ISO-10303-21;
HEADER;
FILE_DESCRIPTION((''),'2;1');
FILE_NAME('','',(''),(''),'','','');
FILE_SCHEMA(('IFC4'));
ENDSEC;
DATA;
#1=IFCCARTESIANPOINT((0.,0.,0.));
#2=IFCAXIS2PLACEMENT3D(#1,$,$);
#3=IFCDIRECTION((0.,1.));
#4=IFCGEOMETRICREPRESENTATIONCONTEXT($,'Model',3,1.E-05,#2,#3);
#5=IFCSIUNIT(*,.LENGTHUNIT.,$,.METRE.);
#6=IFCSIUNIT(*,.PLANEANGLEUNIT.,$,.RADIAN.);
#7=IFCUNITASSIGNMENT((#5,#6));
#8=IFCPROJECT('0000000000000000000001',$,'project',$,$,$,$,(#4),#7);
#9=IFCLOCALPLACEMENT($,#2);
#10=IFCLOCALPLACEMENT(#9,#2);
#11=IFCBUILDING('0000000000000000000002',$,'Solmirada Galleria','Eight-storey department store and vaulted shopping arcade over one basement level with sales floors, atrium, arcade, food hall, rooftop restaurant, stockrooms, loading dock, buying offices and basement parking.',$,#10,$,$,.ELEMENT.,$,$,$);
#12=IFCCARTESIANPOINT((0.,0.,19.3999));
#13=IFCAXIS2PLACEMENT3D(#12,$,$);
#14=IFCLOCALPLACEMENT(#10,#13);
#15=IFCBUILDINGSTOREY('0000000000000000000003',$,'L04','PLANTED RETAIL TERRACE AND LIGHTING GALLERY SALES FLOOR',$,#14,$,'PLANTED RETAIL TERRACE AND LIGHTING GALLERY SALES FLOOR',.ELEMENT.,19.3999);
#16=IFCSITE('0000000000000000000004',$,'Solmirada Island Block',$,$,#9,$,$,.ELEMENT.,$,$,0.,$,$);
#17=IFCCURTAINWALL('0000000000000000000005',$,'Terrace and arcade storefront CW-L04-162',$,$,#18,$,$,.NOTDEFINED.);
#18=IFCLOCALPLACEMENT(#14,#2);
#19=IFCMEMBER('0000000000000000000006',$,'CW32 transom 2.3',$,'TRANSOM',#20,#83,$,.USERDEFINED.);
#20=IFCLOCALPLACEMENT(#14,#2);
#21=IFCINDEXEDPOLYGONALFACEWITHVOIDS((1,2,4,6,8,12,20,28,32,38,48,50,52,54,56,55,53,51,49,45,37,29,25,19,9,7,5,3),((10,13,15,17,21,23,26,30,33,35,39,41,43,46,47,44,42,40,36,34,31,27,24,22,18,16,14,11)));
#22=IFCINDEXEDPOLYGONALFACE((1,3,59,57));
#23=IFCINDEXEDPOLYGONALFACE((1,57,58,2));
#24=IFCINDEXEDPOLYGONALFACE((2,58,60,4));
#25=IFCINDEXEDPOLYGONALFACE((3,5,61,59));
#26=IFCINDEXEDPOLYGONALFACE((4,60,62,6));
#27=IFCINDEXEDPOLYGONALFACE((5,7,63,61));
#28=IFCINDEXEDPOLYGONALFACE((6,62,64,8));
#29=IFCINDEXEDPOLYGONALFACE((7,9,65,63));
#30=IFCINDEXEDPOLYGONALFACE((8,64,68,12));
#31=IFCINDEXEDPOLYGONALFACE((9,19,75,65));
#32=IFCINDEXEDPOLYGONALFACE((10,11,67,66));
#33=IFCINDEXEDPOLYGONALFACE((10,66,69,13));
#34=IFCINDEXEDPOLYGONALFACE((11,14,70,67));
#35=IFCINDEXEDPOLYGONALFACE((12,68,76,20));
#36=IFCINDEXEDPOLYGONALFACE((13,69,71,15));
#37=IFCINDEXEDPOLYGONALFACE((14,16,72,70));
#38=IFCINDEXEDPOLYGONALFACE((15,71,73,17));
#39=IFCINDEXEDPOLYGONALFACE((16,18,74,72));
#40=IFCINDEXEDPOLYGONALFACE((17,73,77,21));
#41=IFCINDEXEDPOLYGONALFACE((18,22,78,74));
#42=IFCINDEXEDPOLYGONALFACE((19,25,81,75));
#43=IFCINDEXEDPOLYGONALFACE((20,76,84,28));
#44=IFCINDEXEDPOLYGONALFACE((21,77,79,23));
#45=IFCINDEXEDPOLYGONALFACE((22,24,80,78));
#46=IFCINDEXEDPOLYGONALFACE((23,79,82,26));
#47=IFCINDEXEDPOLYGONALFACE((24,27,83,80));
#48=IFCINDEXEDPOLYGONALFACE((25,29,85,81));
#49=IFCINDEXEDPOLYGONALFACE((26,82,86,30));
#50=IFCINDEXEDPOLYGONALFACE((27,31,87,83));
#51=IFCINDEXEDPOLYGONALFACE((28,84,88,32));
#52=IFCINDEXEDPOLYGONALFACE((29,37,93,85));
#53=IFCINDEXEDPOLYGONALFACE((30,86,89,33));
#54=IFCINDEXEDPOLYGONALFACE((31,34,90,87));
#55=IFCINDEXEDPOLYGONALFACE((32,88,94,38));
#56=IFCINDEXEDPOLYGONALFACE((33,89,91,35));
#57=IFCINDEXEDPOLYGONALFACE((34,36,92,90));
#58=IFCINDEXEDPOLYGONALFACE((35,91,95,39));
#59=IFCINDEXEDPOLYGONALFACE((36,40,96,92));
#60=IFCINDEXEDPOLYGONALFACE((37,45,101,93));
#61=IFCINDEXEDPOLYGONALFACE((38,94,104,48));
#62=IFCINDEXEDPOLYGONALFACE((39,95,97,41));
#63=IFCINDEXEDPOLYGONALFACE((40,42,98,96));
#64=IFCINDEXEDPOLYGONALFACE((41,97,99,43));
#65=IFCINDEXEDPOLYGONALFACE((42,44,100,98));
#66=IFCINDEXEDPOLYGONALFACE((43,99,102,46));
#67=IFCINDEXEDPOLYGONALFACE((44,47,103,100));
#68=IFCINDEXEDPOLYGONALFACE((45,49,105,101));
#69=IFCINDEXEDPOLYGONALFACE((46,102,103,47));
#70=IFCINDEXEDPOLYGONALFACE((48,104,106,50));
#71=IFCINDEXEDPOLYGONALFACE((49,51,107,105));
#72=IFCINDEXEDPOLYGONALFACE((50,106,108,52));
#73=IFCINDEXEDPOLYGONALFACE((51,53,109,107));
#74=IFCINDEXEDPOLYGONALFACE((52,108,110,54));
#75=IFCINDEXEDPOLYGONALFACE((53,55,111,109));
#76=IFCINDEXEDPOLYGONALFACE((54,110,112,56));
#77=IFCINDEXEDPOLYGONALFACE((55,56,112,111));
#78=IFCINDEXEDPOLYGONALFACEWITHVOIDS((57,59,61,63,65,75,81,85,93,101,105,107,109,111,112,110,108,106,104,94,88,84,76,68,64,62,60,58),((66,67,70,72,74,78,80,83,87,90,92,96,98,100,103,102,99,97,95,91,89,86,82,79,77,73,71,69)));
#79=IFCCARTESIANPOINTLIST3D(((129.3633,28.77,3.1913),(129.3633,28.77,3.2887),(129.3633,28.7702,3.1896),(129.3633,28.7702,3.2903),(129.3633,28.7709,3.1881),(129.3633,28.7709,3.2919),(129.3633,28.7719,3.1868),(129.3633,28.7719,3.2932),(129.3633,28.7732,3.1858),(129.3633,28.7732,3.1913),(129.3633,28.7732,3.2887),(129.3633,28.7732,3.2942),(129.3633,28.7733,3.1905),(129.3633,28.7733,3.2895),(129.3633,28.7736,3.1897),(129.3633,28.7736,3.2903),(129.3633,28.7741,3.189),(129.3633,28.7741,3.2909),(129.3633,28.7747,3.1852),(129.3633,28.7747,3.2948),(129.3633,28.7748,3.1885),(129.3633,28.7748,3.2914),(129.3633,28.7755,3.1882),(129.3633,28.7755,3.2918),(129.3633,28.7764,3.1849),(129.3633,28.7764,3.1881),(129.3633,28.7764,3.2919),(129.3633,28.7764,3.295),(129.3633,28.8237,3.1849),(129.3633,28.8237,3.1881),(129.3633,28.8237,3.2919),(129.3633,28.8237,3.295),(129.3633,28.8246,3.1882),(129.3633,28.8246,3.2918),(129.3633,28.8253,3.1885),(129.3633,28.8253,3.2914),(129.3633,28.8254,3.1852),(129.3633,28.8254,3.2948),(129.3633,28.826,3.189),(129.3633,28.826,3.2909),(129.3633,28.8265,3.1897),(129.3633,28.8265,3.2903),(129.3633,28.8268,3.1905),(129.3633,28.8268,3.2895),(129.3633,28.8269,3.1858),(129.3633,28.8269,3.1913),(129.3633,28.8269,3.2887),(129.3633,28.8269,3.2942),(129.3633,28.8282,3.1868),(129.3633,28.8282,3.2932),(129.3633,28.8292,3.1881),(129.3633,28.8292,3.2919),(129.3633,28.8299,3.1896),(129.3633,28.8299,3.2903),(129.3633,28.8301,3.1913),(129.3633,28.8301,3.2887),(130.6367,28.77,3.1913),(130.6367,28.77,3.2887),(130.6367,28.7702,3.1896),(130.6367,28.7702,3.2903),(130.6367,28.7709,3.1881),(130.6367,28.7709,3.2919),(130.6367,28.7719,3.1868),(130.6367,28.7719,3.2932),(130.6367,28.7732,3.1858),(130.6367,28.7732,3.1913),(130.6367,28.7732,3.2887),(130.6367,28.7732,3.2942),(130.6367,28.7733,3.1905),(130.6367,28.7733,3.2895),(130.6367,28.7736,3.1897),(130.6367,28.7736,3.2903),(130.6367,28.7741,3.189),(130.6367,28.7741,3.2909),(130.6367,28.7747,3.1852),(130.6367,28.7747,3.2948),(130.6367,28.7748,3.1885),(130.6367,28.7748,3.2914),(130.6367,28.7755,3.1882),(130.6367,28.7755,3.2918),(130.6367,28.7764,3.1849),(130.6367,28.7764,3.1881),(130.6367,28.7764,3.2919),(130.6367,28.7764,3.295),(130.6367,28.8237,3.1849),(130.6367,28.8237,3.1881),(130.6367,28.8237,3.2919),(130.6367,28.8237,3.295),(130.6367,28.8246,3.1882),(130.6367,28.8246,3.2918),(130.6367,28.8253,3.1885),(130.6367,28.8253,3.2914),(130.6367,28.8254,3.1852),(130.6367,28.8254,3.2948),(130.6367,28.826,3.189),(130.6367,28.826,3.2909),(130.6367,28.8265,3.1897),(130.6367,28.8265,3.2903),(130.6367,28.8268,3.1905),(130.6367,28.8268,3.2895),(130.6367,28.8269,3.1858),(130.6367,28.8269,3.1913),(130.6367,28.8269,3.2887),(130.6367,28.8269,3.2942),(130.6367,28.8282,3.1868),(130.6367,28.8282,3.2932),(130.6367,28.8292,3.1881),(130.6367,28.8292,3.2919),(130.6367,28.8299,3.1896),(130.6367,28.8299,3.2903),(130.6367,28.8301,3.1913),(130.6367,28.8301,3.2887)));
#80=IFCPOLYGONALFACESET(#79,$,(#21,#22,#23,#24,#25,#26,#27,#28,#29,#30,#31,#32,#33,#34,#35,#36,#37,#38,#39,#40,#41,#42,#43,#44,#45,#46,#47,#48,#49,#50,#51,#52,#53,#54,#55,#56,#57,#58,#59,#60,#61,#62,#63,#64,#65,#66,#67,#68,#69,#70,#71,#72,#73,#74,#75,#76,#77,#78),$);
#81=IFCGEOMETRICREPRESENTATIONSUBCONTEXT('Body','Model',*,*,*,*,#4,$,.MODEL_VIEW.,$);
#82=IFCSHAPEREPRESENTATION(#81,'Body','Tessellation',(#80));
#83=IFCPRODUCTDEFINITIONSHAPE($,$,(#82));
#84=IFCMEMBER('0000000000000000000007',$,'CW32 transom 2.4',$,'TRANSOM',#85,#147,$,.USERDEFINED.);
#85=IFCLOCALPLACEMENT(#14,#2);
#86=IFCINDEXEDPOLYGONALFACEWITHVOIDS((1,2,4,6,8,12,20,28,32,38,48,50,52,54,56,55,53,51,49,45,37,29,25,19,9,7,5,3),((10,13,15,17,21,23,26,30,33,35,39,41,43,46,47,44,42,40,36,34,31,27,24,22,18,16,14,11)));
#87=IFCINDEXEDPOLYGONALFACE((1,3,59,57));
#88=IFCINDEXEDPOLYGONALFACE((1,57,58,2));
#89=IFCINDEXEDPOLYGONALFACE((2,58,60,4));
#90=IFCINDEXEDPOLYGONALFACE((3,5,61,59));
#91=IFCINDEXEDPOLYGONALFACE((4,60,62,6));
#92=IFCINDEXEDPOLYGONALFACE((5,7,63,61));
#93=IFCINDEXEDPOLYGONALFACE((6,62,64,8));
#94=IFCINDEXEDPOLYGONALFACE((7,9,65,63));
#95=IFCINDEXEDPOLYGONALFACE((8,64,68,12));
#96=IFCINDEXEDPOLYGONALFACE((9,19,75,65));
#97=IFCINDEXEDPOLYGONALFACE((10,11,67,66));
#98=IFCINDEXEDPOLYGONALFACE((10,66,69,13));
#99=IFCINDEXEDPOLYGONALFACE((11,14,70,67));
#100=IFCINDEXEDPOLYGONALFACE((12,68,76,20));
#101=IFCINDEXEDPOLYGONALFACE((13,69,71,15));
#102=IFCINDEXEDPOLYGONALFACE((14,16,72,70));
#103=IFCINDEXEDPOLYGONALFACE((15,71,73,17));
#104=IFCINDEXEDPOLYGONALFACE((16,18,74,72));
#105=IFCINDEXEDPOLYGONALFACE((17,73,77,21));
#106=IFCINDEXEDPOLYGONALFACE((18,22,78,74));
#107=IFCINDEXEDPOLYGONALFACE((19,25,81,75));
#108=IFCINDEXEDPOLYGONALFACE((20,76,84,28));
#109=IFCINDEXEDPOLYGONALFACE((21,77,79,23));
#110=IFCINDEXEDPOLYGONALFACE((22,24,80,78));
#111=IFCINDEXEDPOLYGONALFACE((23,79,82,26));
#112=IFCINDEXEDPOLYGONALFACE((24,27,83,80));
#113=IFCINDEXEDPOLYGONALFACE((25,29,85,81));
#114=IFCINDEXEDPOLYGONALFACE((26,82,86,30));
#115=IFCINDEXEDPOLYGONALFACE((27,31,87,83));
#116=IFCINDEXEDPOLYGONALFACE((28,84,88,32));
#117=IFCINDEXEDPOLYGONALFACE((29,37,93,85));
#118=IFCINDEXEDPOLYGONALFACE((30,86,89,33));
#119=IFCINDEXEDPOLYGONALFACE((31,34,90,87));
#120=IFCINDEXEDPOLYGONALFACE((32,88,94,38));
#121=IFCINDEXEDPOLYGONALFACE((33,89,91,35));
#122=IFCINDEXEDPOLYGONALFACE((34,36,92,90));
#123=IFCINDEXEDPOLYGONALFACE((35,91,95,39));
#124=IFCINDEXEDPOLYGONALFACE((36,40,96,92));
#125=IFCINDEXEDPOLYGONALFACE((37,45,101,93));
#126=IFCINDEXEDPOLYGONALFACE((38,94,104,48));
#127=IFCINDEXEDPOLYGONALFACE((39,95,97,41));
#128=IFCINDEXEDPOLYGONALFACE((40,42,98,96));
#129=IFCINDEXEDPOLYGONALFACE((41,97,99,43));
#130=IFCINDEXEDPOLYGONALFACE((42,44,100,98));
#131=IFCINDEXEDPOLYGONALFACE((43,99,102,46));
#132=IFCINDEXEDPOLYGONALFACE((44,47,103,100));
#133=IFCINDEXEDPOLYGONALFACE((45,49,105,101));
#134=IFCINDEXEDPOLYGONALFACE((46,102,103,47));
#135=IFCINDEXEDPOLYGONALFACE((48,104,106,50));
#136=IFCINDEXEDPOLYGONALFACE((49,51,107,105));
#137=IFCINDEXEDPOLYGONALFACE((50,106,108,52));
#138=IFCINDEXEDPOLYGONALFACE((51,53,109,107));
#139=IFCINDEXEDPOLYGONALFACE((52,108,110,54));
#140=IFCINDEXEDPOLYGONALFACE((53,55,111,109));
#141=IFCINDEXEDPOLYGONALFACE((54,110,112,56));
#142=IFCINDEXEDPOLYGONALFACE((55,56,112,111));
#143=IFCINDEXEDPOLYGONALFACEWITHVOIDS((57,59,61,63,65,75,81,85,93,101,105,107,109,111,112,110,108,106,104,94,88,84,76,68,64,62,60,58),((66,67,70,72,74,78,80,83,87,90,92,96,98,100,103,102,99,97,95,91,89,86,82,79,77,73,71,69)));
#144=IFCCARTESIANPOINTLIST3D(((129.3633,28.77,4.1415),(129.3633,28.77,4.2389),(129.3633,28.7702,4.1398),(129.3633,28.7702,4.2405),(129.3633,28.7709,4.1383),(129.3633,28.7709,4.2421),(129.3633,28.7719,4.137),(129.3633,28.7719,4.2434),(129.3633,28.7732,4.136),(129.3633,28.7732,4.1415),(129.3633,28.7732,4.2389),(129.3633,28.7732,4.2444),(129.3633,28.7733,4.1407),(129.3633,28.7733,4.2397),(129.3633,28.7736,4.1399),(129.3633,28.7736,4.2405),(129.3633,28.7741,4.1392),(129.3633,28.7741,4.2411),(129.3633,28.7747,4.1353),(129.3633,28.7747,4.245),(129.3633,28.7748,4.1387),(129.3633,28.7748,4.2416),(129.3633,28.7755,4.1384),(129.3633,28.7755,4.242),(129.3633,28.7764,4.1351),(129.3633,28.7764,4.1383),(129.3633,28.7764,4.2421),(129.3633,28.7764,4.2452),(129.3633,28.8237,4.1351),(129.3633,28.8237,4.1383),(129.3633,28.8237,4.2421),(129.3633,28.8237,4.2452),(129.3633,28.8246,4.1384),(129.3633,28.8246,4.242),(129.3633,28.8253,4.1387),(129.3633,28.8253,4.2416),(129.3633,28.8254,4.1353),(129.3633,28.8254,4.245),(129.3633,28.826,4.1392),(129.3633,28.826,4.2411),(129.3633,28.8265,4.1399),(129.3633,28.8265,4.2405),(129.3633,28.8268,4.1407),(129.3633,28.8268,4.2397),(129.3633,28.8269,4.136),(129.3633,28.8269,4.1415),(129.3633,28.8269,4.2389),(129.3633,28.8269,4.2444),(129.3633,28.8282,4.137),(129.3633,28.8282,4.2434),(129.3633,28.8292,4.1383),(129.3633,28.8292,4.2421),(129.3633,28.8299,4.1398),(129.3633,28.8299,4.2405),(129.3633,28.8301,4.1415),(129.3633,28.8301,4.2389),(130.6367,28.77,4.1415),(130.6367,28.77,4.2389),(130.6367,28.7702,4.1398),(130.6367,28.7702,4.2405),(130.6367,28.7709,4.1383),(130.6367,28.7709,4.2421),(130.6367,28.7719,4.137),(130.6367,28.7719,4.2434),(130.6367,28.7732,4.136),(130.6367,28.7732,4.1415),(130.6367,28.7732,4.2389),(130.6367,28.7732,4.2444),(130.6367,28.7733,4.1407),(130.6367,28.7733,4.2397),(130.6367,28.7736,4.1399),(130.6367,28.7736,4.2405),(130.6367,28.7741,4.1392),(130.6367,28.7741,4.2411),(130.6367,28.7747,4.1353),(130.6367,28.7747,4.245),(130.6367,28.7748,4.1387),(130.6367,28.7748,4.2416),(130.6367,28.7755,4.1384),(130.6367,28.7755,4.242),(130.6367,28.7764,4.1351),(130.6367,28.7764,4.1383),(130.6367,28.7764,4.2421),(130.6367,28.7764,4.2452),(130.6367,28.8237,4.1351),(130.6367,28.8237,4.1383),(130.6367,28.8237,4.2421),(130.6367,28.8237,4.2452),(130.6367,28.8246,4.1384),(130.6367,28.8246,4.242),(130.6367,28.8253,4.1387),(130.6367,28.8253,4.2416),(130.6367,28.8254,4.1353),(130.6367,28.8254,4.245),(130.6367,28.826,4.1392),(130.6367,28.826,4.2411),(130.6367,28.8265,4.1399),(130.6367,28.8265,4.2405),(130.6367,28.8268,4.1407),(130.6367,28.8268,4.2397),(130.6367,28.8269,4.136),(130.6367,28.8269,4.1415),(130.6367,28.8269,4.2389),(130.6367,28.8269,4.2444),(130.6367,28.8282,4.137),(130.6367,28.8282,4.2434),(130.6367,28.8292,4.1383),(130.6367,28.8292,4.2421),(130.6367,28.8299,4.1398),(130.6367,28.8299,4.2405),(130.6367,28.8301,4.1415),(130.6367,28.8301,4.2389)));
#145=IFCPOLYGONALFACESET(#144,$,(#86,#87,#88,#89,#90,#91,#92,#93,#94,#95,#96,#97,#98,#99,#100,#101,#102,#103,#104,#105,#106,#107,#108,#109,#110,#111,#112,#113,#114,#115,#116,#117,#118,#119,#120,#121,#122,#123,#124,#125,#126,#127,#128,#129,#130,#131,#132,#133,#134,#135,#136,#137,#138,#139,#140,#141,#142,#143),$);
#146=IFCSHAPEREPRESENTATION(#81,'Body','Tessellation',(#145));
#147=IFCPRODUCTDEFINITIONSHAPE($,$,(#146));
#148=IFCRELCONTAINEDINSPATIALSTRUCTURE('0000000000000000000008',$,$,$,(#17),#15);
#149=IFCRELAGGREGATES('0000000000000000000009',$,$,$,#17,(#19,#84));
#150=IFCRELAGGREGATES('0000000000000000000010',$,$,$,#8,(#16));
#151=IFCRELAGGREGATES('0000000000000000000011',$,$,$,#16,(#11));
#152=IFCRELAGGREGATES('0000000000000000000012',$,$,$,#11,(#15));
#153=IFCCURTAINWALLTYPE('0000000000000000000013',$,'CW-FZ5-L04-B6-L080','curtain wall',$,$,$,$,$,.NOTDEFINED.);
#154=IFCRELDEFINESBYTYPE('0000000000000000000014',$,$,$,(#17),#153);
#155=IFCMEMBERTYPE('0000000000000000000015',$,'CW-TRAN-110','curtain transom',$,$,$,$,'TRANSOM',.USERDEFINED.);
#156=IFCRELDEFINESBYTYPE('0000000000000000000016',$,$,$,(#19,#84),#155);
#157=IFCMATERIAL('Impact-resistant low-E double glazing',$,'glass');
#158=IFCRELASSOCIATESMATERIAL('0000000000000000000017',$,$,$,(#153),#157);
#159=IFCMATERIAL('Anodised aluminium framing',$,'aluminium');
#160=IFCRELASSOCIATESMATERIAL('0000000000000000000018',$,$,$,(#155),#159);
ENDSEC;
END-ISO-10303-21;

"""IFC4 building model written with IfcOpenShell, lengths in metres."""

from ifc_helpers import new_model, si_unit, direction, frame, origin, origin_2d, place, context, subcontext, project, spatial, hollow_rectangle, extrude, material, material_profile, profile_set, type_object, element, aggregate, save


model = new_model("IFC4")

# Units and contexts
model_context = context("Model", 3, precision=1e-05, world=origin(), true_north=direction((0.0, 1.0)))
body_context = subcontext(model_context, "Body", "Model", "MODEL_VIEW")
ifc_project = project(units=[si_unit("LENGTHUNIT", "METRE"), si_unit("PLANEANGLEUNIT", "RADIAN")], contexts=[model_context])

# Site, building, storey
site_placement = place(None, origin())
site = spatial("IfcSite", under=ifc_project, at=site_placement, Name="Solmirada Island Block", CompositionType="ELEMENT", RefElevation=0.0)
building_placement = place(site_placement, origin())
building = spatial("IfcBuilding", under=site, at=building_placement, Name="Solmirada Galleria", Description="Eight-storey department store and vaulted shopping arcade over one basement level with sales floors, atrium, arcade, food hall, rooftop restaurant, stockrooms, loading dock, buying offices and basement parking.", CompositionType="ELEMENT")
storey_placement = place(building_placement, frame((0.0, 0.0, 19.3999)))
storey = spatial("IfcBuildingStorey", under=building, at=storey_placement, Name="L04", Description="PLANTED RETAIL TERRACE AND LIGHTING GALLERY SALES FLOOR", LongName="PLANTED RETAIL TERRACE AND LIGHTING GALLERY SALES FLOOR", CompositionType="ELEMENT", Elevation=19.3999)

# Curtain wall, members
ifc_material_1 = material(Name="Impact-resistant low-E double glazing", Category="glass")
curtain_wall_type = type_object("IfcCurtainWallType", Name="CW-FZ5-L04-B6-L080", Description="curtain wall", PredefinedType="NOTDEFINED", material=ifc_material_1)
curtain_wall_placement = place(storey_placement, origin())
curtain_wall = element("IfcCurtainWall", 1, at=curtain_wall_placement, inside=storey, type_object=curtain_wall_type, Name="Terrace and arcade storefront CW-L04-162", PredefinedType="NOTDEFINED")
ifc_material_2 = material(Name="Anodised aluminium framing", Category="aluminium")
ifc_material_profile_1 = material_profile(ifc_material_2, hollow_rectangle(XDim=0.0601, YDim=0.1101, WallThickness=0.0032, InnerFilletRadius=0.0032, OuterFilletRadius=0.0063, at=origin_2d()), Name="ALU-TRAN-110X60")
ifc_profile_set_1 = profile_set([ifc_material_profile_1], Name="Anodised aluminium framing")
member_type_1 = type_object("IfcMemberType", Name="CW-TRAN-110", Description="curtain transom", ElementType="TRANSOM", PredefinedType="USERDEFINED", material=ifc_profile_set_1)
member_1_placement = place(storey_placement, frame((129.3633, 28.8, 3.24), z_axis=(1.0, 0.0, 0.0), x_axis=(0.0, 1.0, 0.0)))
member_1 = element("IfcMember", 2, at=member_1_placement, type_object=member_type_1, Name="CW32 transom 2.3", ObjectType="TRANSOM", PredefinedType="USERDEFINED", context=body_context, shape_type="SweptSolid", body=[
    extrude(hollow_rectangle(XDim=0.0601, YDim=0.1101, WallThickness=0.0032, InnerFilletRadius=0.0032, OuterFilletRadius=0.0063, at=origin_2d()), origin(), (0.0, 0.0, 1.0), 1.2734),
])
member_2_placement = place(storey_placement, frame((129.3633, 28.8, 4.1902), z_axis=(1.0, 0.0, 0.0), x_axis=(0.0, 1.0, 0.0)))
member_2 = element("IfcMember", 3, at=member_2_placement, type_object=member_type_1, Name="CW32 transom 2.4", ObjectType="TRANSOM", PredefinedType="USERDEFINED", context=body_context, shape_type="SweptSolid", body=[
    extrude(hollow_rectangle(XDim=0.0601, YDim=0.1101, WallThickness=0.0032, InnerFilletRadius=0.0032, OuterFilletRadius=0.0063, at=origin_2d()), origin(), (0.0, 0.0, 1.0), 1.2734),
])
aggregate(curtain_wall, [member_1, member_2])

save(model, "model.ifc")
